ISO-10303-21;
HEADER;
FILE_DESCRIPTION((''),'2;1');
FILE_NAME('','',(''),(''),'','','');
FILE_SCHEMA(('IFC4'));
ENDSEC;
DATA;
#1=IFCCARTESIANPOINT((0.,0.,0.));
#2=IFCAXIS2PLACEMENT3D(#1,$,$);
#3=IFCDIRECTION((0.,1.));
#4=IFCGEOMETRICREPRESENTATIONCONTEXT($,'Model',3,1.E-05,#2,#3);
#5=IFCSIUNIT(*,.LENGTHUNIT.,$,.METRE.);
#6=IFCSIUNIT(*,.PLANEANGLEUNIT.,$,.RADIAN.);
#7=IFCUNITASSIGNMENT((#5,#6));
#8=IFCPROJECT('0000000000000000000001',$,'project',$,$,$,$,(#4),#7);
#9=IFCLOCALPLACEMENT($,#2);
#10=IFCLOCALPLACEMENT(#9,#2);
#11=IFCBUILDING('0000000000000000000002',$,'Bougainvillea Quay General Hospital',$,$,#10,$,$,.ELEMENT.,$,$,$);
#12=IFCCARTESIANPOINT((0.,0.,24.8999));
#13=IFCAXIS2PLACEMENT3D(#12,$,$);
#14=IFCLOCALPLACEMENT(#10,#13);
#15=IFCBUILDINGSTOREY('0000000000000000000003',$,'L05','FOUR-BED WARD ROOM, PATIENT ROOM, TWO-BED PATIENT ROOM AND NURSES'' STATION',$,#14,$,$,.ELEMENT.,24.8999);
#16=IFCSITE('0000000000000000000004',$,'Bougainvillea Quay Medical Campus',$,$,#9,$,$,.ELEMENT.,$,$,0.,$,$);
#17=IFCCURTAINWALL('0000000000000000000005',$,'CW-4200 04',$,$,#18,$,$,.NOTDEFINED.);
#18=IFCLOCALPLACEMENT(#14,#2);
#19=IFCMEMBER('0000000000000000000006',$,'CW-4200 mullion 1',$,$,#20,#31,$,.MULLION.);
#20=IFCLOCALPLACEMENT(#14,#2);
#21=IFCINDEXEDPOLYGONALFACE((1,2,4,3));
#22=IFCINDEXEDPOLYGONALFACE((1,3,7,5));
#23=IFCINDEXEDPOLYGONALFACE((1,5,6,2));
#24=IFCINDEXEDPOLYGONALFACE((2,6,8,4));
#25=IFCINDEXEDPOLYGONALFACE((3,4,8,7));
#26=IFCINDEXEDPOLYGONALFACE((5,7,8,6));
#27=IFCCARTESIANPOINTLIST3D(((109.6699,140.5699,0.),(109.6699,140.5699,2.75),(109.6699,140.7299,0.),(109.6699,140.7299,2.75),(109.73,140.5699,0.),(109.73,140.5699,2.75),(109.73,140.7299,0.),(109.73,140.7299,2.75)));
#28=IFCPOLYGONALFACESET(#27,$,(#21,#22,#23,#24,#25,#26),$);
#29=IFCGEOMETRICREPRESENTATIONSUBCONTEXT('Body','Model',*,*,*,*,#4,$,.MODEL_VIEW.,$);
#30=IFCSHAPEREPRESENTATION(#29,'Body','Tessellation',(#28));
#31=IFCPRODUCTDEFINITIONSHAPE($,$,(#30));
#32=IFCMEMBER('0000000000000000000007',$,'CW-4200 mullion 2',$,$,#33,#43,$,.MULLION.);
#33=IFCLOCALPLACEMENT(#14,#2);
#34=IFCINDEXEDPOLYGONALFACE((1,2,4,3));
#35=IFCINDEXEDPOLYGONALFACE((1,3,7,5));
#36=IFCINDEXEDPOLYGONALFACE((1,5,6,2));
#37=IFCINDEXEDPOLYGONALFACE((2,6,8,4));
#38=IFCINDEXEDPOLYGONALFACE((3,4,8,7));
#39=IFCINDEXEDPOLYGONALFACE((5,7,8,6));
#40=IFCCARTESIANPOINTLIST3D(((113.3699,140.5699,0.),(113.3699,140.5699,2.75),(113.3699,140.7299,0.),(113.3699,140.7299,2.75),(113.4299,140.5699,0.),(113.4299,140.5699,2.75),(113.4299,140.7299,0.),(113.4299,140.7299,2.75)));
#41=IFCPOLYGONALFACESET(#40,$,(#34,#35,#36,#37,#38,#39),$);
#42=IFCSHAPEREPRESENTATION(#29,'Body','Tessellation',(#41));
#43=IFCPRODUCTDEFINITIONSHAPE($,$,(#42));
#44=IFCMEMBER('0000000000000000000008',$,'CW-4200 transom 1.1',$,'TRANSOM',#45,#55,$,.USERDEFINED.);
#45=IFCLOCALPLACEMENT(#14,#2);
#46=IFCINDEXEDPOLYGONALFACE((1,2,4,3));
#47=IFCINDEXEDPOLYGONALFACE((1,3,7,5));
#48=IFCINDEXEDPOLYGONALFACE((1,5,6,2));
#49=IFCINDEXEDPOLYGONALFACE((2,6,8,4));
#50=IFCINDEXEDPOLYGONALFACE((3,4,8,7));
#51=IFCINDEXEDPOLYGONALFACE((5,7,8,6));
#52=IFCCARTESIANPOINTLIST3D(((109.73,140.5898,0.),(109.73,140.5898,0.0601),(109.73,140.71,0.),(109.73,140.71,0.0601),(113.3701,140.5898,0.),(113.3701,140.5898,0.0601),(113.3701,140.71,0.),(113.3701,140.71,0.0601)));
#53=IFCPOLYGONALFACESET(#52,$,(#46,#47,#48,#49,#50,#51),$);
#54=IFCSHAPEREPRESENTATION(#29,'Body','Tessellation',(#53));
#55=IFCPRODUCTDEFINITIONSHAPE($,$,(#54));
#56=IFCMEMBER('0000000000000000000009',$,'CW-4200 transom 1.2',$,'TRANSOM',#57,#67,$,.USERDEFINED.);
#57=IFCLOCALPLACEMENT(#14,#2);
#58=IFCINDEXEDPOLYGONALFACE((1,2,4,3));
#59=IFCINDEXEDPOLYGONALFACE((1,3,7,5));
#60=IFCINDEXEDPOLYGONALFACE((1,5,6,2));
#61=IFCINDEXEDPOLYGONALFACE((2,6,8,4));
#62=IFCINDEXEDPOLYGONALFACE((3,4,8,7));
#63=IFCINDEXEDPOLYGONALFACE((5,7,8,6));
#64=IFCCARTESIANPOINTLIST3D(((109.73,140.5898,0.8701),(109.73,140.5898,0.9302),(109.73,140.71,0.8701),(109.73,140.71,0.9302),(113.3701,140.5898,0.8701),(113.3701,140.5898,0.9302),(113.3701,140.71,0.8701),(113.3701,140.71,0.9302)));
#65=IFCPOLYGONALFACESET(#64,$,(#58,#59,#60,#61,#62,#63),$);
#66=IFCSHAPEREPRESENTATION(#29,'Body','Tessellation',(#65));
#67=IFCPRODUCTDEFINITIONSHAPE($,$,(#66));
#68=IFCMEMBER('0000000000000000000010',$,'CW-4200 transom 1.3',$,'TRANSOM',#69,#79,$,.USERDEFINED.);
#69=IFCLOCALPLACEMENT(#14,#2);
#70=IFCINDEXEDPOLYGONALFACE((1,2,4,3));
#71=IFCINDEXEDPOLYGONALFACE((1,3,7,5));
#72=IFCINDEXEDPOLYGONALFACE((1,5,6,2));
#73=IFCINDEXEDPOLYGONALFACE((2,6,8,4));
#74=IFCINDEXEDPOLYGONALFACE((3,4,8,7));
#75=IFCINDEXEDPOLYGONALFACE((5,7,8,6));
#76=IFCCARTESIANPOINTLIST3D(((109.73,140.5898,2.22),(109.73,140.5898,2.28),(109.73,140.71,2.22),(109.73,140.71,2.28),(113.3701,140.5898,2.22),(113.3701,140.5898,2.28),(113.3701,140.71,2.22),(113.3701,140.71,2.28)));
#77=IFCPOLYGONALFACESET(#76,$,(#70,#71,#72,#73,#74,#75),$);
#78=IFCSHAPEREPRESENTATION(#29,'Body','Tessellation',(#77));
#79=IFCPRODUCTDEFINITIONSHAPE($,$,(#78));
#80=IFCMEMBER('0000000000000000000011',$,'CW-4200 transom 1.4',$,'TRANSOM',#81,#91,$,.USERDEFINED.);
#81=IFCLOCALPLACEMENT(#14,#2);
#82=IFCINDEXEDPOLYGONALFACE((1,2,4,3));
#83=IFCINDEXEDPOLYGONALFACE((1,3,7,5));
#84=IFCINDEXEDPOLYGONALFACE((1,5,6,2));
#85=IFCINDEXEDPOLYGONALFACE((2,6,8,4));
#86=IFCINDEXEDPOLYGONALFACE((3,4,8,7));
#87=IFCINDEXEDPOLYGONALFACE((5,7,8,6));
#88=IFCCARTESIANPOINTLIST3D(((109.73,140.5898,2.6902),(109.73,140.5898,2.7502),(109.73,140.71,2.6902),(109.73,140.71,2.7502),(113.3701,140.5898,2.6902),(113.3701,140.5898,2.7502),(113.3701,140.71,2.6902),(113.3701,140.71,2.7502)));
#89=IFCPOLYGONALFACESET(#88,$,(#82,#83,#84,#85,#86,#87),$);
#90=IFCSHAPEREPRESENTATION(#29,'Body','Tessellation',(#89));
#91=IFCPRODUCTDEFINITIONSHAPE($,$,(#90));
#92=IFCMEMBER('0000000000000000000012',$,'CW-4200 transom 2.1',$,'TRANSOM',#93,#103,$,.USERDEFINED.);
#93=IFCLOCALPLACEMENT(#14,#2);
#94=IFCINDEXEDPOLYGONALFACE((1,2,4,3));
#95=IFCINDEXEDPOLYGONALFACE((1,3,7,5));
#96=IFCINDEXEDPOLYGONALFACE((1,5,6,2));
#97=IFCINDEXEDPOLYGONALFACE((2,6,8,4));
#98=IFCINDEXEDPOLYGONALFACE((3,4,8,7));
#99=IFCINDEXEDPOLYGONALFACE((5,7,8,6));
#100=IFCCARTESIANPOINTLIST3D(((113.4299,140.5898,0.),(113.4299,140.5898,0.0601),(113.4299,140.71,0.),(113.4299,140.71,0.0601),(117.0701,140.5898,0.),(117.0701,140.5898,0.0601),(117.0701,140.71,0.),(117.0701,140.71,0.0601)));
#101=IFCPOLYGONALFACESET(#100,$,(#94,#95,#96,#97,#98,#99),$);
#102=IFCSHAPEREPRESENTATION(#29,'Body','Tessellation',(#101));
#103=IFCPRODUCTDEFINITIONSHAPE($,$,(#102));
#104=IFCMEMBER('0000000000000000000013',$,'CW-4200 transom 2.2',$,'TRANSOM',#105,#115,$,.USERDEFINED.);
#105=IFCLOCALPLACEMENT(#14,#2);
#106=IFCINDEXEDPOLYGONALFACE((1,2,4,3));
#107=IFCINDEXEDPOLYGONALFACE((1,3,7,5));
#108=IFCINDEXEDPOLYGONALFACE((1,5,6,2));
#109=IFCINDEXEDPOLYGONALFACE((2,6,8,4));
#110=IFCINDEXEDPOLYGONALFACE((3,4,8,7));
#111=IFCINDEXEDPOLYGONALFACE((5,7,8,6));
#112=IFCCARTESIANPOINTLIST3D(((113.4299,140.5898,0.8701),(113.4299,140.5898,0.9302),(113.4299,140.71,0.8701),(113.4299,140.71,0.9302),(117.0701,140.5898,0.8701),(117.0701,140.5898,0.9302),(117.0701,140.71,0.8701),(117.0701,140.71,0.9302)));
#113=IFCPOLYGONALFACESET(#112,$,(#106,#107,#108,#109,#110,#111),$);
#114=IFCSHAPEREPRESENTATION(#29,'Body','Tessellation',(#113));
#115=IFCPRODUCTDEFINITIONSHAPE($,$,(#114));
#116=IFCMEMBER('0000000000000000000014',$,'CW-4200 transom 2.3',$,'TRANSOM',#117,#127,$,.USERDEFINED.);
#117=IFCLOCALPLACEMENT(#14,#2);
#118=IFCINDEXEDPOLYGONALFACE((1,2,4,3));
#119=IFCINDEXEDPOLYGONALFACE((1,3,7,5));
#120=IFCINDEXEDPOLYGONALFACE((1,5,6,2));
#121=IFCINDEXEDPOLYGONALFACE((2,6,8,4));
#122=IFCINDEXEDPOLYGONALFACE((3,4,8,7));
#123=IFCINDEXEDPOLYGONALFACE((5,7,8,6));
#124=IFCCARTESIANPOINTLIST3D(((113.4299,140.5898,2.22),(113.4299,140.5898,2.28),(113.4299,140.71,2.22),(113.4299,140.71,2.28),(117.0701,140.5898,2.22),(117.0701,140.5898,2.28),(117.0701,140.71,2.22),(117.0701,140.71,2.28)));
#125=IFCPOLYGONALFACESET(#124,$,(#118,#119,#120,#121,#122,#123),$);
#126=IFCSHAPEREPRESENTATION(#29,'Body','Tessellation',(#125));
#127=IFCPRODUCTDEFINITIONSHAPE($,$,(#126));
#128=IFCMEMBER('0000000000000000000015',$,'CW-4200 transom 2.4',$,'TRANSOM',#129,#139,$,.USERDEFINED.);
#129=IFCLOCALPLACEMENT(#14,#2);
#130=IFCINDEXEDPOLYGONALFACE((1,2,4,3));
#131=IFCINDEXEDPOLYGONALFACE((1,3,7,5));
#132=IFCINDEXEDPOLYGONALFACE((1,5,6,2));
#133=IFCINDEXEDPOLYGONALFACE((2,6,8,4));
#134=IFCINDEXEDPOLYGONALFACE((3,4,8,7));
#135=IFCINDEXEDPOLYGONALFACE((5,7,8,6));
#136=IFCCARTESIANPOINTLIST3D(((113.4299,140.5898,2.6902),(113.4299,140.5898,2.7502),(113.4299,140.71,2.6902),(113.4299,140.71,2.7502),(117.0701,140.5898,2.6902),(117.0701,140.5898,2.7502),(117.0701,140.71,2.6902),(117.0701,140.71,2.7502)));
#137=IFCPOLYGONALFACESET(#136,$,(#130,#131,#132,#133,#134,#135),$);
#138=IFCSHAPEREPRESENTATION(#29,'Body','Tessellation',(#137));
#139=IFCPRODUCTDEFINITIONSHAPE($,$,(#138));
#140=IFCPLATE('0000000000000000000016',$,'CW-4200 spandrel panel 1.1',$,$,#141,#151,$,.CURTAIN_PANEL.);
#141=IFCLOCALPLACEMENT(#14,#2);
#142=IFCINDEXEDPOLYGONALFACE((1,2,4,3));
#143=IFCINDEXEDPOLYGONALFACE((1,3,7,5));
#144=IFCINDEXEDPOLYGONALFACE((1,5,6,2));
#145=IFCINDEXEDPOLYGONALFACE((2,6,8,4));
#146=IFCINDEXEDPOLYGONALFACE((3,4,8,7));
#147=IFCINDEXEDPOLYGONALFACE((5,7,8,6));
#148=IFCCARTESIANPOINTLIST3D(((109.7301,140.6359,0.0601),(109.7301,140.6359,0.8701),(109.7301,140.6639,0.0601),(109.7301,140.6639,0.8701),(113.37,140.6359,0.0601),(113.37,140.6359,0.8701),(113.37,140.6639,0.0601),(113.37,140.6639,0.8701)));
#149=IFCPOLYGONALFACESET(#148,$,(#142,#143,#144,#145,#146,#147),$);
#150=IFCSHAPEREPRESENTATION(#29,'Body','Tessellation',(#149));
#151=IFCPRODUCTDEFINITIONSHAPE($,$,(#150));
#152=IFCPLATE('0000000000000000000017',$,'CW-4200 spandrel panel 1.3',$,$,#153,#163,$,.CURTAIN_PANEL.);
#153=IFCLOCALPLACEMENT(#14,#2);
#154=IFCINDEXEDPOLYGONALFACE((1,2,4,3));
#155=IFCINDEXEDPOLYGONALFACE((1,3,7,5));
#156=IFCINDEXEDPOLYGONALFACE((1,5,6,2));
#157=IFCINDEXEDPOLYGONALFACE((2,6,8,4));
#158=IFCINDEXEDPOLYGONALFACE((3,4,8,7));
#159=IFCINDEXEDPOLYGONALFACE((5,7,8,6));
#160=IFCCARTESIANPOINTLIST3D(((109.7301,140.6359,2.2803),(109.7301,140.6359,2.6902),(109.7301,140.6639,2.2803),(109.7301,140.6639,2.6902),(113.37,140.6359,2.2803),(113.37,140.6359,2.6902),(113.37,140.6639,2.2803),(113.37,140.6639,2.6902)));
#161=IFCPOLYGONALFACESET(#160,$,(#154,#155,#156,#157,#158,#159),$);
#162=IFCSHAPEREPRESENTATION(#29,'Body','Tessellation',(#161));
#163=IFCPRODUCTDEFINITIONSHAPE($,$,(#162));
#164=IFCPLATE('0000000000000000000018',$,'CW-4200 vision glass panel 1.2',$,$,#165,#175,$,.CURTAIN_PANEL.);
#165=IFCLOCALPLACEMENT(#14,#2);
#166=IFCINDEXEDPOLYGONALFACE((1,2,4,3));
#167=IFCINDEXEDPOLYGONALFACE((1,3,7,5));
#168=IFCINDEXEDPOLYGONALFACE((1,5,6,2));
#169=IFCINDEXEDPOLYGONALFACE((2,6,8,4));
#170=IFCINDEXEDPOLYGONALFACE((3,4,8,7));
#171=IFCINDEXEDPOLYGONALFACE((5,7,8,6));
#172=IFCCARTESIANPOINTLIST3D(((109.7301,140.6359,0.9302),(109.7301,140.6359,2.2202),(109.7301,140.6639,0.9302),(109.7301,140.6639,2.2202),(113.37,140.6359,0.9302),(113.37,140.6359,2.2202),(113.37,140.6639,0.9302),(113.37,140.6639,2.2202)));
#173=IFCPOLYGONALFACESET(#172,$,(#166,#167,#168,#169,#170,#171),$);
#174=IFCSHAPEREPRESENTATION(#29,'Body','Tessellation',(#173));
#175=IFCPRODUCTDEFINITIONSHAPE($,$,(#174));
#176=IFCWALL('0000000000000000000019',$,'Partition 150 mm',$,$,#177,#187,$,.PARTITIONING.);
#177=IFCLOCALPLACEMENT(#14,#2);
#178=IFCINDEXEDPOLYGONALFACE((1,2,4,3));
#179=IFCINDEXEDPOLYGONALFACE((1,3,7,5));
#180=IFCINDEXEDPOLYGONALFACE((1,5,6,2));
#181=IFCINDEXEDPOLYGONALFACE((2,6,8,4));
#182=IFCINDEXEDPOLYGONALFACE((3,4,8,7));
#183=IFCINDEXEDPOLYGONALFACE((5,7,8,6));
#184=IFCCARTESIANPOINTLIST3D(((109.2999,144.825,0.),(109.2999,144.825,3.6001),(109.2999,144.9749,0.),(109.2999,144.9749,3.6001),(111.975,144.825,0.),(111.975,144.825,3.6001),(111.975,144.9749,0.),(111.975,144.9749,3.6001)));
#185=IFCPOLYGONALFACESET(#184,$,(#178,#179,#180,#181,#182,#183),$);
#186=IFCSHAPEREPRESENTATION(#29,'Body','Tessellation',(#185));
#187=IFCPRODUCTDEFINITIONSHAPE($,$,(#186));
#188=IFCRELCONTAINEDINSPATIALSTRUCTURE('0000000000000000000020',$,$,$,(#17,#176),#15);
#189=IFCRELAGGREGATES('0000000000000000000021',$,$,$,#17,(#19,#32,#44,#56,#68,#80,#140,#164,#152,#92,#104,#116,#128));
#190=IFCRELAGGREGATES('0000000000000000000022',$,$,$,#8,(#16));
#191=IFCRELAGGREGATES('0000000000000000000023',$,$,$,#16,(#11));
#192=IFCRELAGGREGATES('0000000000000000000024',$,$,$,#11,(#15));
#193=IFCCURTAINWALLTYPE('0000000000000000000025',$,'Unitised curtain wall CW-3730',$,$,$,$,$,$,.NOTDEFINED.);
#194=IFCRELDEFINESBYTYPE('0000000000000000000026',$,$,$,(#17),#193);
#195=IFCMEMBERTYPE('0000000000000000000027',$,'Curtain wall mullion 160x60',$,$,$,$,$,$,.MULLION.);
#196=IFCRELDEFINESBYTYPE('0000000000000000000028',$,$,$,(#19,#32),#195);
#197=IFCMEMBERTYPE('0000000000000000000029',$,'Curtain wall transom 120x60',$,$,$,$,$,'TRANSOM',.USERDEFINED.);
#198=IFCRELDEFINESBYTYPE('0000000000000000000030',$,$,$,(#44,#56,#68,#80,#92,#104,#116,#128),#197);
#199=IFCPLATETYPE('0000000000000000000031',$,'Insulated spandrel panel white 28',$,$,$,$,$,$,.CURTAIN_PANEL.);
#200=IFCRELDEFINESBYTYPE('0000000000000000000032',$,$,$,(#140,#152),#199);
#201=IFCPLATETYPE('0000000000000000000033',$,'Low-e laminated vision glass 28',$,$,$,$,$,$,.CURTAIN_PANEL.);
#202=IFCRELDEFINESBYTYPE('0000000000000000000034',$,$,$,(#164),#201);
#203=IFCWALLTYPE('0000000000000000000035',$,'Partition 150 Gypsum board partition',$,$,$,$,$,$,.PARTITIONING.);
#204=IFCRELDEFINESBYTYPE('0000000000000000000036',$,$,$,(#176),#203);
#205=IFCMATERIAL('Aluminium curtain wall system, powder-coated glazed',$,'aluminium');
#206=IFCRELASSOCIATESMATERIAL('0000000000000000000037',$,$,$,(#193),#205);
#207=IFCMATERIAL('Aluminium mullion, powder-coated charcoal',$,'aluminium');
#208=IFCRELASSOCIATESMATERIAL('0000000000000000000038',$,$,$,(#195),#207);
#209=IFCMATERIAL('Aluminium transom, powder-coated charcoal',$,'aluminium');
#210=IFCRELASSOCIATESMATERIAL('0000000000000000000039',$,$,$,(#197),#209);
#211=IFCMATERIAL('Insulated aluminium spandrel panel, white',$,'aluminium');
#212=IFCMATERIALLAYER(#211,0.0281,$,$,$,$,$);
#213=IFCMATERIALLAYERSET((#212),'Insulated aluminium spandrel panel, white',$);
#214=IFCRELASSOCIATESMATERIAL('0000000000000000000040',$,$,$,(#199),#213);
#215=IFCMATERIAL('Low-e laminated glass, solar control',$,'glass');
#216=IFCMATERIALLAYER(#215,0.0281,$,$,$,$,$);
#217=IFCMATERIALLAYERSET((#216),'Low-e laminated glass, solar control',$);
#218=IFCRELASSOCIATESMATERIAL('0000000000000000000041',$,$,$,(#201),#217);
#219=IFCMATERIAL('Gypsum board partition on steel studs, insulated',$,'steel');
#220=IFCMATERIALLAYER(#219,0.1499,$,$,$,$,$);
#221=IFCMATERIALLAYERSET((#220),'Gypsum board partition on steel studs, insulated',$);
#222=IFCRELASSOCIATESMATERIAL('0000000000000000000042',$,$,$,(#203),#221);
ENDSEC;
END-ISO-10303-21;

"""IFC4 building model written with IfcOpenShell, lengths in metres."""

from ifc_helpers import new_model, si_unit, direction, frame, frame_2d, origin, origin_2d, place, context, subcontext, project, spatial, rectangle, extrude, material, layer, layer_set, material_profile, profile_set, type_object, element, aggregate, save


model = new_model("IFC4")

# Units and contexts
model_context = context("Model", 3, precision=1e-05, world=origin(), true_north=direction((0.0, 1.0)))
body_context = subcontext(model_context, "Body", "Model", "MODEL_VIEW")
ifc_project = project(units=[si_unit("LENGTHUNIT", "METRE"), si_unit("PLANEANGLEUNIT", "RADIAN")], contexts=[model_context])

# Site, building, storey
site_placement = place(None, origin())
site = spatial("IfcSite", under=ifc_project, at=site_placement, Name="Bougainvillea Quay Medical Campus", CompositionType="ELEMENT", RefElevation=0.0)
building_placement = place(site_placement, origin())
building = spatial("IfcBuilding", under=site, at=building_placement, Name="Bougainvillea Quay General Hospital", CompositionType="ELEMENT")
storey_placement = place(building_placement, frame((0.0, 0.0, 24.8999)))
storey = spatial("IfcBuildingStorey", under=building, at=storey_placement, Name="L05", Description="FOUR-BED WARD ROOM, PATIENT ROOM, TWO-BED PATIENT ROOM AND NURSES' STATION", CompositionType="ELEMENT", Elevation=24.8999)

# Curtain wall, members, plates
ifc_material_1 = material(Name="Aluminium curtain wall system, powder-coated glazed", Category="aluminium")
curtain_wall_type = type_object("IfcCurtainWallType", Name="Unitised curtain wall CW-3730", PredefinedType="NOTDEFINED", material=ifc_material_1)
curtain_wall_placement = place(storey_placement, origin())
curtain_wall = element("IfcCurtainWall", 1, at=curtain_wall_placement, inside=storey, type_object=curtain_wall_type, Name="CW-4200 04", PredefinedType="NOTDEFINED")
ifc_material_2 = material(Name="Aluminium mullion, powder-coated charcoal", Category="aluminium")
ifc_material_profile_1 = material_profile(ifc_material_2, rectangle(XDim=0.1599, YDim=0.0601, at=origin_2d()))
ifc_profile_set_1 = profile_set([ifc_material_profile_1], Name="Aluminium mullion, powder-coated charcoal")
member_type_1 = type_object("IfcMemberType", Name="Curtain wall mullion 160x60", PredefinedType="MULLION", material=ifc_profile_set_1)
member_1_placement = place(storey_placement, frame((109.7, 140.6499, 0.0), z_axis=(0.0, 0.0, 1.0), x_axis=(0.0, 1.0, 0.0)))
member_1 = element("IfcMember", 2, at=member_1_placement, type_object=member_type_1, Name="CW-4200 mullion 1", PredefinedType="MULLION", context=body_context, shape_type="SweptSolid", body=[
    extrude(rectangle(XDim=0.1599, YDim=0.0601, at=origin_2d()), origin(), (0.0, 0.0, 1.0), 2.75),
])
member_2_placement = place(storey_placement, frame((113.3999, 140.6499, 0.0), z_axis=(0.0, 0.0, 1.0), x_axis=(0.0, 1.0, 0.0)))
member_2 = element("IfcMember", 3, at=member_2_placement, type_object=member_type_1, Name="CW-4200 mullion 2", PredefinedType="MULLION", context=body_context, shape_type="SweptSolid", body=[
    extrude(rectangle(XDim=0.1599, YDim=0.0601, at=origin_2d()), origin(), (0.0, 0.0, 1.0), 2.75),
])
ifc_material_3 = material(Name="Aluminium transom, powder-coated charcoal", Category="aluminium")
ifc_material_profile_2 = material_profile(ifc_material_3, rectangle(XDim=0.1201, YDim=0.0601, at=origin_2d()))
ifc_profile_set_2 = profile_set([ifc_material_profile_2], Name="Aluminium transom, powder-coated charcoal")
member_type_2 = type_object("IfcMemberType", Name="Curtain wall transom 120x60", ElementType="TRANSOM", PredefinedType="USERDEFINED", material=ifc_profile_set_2)
member_3_placement = place(storey_placement, frame((109.73, 140.6499, 0.03), z_axis=(1.0, 0.0, 0.0), x_axis=(0.0, 1.0, 0.0)))
member_3 = element("IfcMember", 4, at=member_3_placement, type_object=member_type_2, Name="CW-4200 transom 1.1", ObjectType="TRANSOM", PredefinedType="USERDEFINED", context=body_context, shape_type="SweptSolid", body=[
    extrude(rectangle(XDim=0.1201, YDim=0.0601, at=origin_2d()), origin(), (0.0, 0.0, 1.0), 3.6401),
])
member_4_placement = place(storey_placement, frame((109.73, 140.6499, 0.9001), z_axis=(1.0, 0.0, 0.0), x_axis=(0.0, 1.0, 0.0)))
member_4 = element("IfcMember", 5, at=member_4_placement, type_object=member_type_2, Name="CW-4200 transom 1.2", ObjectType="TRANSOM", PredefinedType="USERDEFINED", context=body_context, shape_type="SweptSolid", body=[
    extrude(rectangle(XDim=0.1201, YDim=0.0601, at=origin_2d()), origin(), (0.0, 0.0, 1.0), 3.6401),
])
member_5_placement = place(storey_placement, frame((109.73, 140.6499, 2.25), z_axis=(1.0, 0.0, 0.0), x_axis=(0.0, 1.0, 0.0)))
member_5 = element("IfcMember", 6, at=member_5_placement, type_object=member_type_2, Name="CW-4200 transom 1.3", ObjectType="TRANSOM", PredefinedType="USERDEFINED", context=body_context, shape_type="SweptSolid", body=[
    extrude(rectangle(XDim=0.1201, YDim=0.0601, at=origin_2d()), origin(), (0.0, 0.0, 1.0), 3.6401),
])
member_6_placement = place(storey_placement, frame((109.73, 140.6499, 2.7202), z_axis=(1.0, 0.0, 0.0), x_axis=(0.0, 1.0, 0.0)))
member_6 = element("IfcMember", 7, at=member_6_placement, type_object=member_type_2, Name="CW-4200 transom 1.4", ObjectType="TRANSOM", PredefinedType="USERDEFINED", context=body_context, shape_type="SweptSolid", body=[
    extrude(rectangle(XDim=0.1201, YDim=0.0601, at=origin_2d()), origin(), (0.0, 0.0, 1.0), 3.6401),
])
member_7_placement = place(storey_placement, frame((113.4299, 140.6499, 0.03), z_axis=(1.0, 0.0, 0.0), x_axis=(0.0, 1.0, 0.0)))
member_7 = element("IfcMember", 8, at=member_7_placement, type_object=member_type_2, Name="CW-4200 transom 2.1", ObjectType="TRANSOM", PredefinedType="USERDEFINED", context=body_context, shape_type="SweptSolid", body=[
    extrude(rectangle(XDim=0.1201, YDim=0.0601, at=origin_2d()), origin(), (0.0, 0.0, 1.0), 3.6401),
])
member_8_placement = place(storey_placement, frame((113.4299, 140.6499, 0.9001), z_axis=(1.0, 0.0, 0.0), x_axis=(0.0, 1.0, 0.0)))
member_8 = element("IfcMember", 9, at=member_8_placement, type_object=member_type_2, Name="CW-4200 transom 2.2", ObjectType="TRANSOM", PredefinedType="USERDEFINED", context=body_context, shape_type="SweptSolid", body=[
    extrude(rectangle(XDim=0.1201, YDim=0.0601, at=origin_2d()), origin(), (0.0, 0.0, 1.0), 3.6401),
])
member_9_placement = place(storey_placement, frame((113.4299, 140.6499, 2.25), z_axis=(1.0, 0.0, 0.0), x_axis=(0.0, 1.0, 0.0)))
member_9 = element("IfcMember", 10, at=member_9_placement, type_object=member_type_2, Name="CW-4200 transom 2.3", ObjectType="TRANSOM", PredefinedType="USERDEFINED", context=body_context, shape_type="SweptSolid", body=[
    extrude(rectangle(XDim=0.1201, YDim=0.0601, at=origin_2d()), origin(), (0.0, 0.0, 1.0), 3.6401),
])
member_10_placement = place(storey_placement, frame((113.4299, 140.6499, 2.7202), z_axis=(1.0, 0.0, 0.0), x_axis=(0.0, 1.0, 0.0)))
member_10 = element("IfcMember", 11, at=member_10_placement, type_object=member_type_2, Name="CW-4200 transom 2.4", ObjectType="TRANSOM", PredefinedType="USERDEFINED", context=body_context, shape_type="SweptSolid", body=[
    extrude(rectangle(XDim=0.1201, YDim=0.0601, at=origin_2d()), origin(), (0.0, 0.0, 1.0), 3.6401),
])
ifc_material_4 = material(Name="Insulated aluminium spandrel panel, white", Category="aluminium")
ifc_layer_1 = layer(ifc_material_4, 0.0281)
ifc_layer_set_1 = layer_set([ifc_layer_1], Name="Insulated aluminium spandrel panel, white")
plate_type_1 = type_object("IfcPlateType", Name="Insulated spandrel panel white 28", PredefinedType="CURTAIN_PANEL", material=ifc_layer_set_1)
plate_1_placement = place(storey_placement, frame((111.55, 140.6499, 0.0601), z_axis=(0.0, 0.0, 1.0), x_axis=(1.0, 0.0, 0.0)))
plate_1 = element("IfcPlate", 12, at=plate_1_placement, type_object=plate_type_1, Name="CW-4200 spandrel panel 1.1", PredefinedType="CURTAIN_PANEL", context=body_context, shape_type="SweptSolid", body=[
    extrude(rectangle(XDim=3.6399, YDim=0.0281, at=origin_2d()), origin(), (0.0, 0.0, 1.0), 0.8101),
])
plate_2_placement = place(storey_placement, frame((111.55, 140.6499, 2.2803), z_axis=(0.0, 0.0, 1.0), x_axis=(1.0, 0.0, 0.0)))
plate_2 = element("IfcPlate", 13, at=plate_2_placement, type_object=plate_type_1, Name="CW-4200 spandrel panel 1.3", PredefinedType="CURTAIN_PANEL", context=body_context, shape_type="SweptSolid", body=[
    extrude(rectangle(XDim=3.6399, YDim=0.0281, at=origin_2d()), origin(), (0.0, 0.0, 1.0), 0.4099),
])
ifc_material_5 = material(Name="Low-e laminated glass, solar control", Category="glass")
ifc_layer_2 = layer(ifc_material_5, 0.0281)
ifc_layer_set_2 = layer_set([ifc_layer_2], Name="Low-e laminated glass, solar control")
plate_type_2 = type_object("IfcPlateType", Name="Low-e laminated vision glass 28", PredefinedType="CURTAIN_PANEL", material=ifc_layer_set_2)
plate_3_placement = place(storey_placement, frame((111.55, 140.6499, 0.9302), z_axis=(0.0, 0.0, 1.0), x_axis=(1.0, 0.0, 0.0)))
plate_3 = element("IfcPlate", 14, at=plate_3_placement, type_object=plate_type_2, Name="CW-4200 vision glass panel 1.2", PredefinedType="CURTAIN_PANEL", context=body_context, shape_type="SweptSolid", body=[
    extrude(rectangle(XDim=3.6399, YDim=0.0281, at=origin_2d()), origin(), (0.0, 0.0, 1.0), 1.29),
])
aggregate(curtain_wall, [member_1, member_2, member_3, member_4, member_5, member_6, plate_1, plate_3, plate_2, member_7, member_8, member_9, member_10])

# Wall
ifc_material_6 = material(Name="Gypsum board partition on steel studs, insulated", Category="steel")
ifc_layer_3 = layer(ifc_material_6, 0.1499)
ifc_layer_set_3 = layer_set([ifc_layer_3], Name="Gypsum board partition on steel studs, insulated")
wall_type = type_object("IfcWallType", Name="Partition 150 Gypsum board partition", PredefinedType="PARTITIONING", material=ifc_layer_set_3)
wall_placement = place(storey_placement, frame((109.3, 144.8999, 0.0), z_axis=(0.0, 0.0, 1.0), x_axis=(1.0, 0.0, 0.0)))
element("IfcWall", 15, at=wall_placement, inside=storey, type_object=wall_type, Name="Partition 150 mm", PredefinedType="PARTITIONING", context=body_context, shape_type="SweptSolid", body=[
    extrude(rectangle(XDim=2.675, YDim=0.1499, at=frame_2d((1.3374, 0.0))), origin(), (0.0, 0.0, 1.0), 3.6001),
])

save(model, "model.ifc")
